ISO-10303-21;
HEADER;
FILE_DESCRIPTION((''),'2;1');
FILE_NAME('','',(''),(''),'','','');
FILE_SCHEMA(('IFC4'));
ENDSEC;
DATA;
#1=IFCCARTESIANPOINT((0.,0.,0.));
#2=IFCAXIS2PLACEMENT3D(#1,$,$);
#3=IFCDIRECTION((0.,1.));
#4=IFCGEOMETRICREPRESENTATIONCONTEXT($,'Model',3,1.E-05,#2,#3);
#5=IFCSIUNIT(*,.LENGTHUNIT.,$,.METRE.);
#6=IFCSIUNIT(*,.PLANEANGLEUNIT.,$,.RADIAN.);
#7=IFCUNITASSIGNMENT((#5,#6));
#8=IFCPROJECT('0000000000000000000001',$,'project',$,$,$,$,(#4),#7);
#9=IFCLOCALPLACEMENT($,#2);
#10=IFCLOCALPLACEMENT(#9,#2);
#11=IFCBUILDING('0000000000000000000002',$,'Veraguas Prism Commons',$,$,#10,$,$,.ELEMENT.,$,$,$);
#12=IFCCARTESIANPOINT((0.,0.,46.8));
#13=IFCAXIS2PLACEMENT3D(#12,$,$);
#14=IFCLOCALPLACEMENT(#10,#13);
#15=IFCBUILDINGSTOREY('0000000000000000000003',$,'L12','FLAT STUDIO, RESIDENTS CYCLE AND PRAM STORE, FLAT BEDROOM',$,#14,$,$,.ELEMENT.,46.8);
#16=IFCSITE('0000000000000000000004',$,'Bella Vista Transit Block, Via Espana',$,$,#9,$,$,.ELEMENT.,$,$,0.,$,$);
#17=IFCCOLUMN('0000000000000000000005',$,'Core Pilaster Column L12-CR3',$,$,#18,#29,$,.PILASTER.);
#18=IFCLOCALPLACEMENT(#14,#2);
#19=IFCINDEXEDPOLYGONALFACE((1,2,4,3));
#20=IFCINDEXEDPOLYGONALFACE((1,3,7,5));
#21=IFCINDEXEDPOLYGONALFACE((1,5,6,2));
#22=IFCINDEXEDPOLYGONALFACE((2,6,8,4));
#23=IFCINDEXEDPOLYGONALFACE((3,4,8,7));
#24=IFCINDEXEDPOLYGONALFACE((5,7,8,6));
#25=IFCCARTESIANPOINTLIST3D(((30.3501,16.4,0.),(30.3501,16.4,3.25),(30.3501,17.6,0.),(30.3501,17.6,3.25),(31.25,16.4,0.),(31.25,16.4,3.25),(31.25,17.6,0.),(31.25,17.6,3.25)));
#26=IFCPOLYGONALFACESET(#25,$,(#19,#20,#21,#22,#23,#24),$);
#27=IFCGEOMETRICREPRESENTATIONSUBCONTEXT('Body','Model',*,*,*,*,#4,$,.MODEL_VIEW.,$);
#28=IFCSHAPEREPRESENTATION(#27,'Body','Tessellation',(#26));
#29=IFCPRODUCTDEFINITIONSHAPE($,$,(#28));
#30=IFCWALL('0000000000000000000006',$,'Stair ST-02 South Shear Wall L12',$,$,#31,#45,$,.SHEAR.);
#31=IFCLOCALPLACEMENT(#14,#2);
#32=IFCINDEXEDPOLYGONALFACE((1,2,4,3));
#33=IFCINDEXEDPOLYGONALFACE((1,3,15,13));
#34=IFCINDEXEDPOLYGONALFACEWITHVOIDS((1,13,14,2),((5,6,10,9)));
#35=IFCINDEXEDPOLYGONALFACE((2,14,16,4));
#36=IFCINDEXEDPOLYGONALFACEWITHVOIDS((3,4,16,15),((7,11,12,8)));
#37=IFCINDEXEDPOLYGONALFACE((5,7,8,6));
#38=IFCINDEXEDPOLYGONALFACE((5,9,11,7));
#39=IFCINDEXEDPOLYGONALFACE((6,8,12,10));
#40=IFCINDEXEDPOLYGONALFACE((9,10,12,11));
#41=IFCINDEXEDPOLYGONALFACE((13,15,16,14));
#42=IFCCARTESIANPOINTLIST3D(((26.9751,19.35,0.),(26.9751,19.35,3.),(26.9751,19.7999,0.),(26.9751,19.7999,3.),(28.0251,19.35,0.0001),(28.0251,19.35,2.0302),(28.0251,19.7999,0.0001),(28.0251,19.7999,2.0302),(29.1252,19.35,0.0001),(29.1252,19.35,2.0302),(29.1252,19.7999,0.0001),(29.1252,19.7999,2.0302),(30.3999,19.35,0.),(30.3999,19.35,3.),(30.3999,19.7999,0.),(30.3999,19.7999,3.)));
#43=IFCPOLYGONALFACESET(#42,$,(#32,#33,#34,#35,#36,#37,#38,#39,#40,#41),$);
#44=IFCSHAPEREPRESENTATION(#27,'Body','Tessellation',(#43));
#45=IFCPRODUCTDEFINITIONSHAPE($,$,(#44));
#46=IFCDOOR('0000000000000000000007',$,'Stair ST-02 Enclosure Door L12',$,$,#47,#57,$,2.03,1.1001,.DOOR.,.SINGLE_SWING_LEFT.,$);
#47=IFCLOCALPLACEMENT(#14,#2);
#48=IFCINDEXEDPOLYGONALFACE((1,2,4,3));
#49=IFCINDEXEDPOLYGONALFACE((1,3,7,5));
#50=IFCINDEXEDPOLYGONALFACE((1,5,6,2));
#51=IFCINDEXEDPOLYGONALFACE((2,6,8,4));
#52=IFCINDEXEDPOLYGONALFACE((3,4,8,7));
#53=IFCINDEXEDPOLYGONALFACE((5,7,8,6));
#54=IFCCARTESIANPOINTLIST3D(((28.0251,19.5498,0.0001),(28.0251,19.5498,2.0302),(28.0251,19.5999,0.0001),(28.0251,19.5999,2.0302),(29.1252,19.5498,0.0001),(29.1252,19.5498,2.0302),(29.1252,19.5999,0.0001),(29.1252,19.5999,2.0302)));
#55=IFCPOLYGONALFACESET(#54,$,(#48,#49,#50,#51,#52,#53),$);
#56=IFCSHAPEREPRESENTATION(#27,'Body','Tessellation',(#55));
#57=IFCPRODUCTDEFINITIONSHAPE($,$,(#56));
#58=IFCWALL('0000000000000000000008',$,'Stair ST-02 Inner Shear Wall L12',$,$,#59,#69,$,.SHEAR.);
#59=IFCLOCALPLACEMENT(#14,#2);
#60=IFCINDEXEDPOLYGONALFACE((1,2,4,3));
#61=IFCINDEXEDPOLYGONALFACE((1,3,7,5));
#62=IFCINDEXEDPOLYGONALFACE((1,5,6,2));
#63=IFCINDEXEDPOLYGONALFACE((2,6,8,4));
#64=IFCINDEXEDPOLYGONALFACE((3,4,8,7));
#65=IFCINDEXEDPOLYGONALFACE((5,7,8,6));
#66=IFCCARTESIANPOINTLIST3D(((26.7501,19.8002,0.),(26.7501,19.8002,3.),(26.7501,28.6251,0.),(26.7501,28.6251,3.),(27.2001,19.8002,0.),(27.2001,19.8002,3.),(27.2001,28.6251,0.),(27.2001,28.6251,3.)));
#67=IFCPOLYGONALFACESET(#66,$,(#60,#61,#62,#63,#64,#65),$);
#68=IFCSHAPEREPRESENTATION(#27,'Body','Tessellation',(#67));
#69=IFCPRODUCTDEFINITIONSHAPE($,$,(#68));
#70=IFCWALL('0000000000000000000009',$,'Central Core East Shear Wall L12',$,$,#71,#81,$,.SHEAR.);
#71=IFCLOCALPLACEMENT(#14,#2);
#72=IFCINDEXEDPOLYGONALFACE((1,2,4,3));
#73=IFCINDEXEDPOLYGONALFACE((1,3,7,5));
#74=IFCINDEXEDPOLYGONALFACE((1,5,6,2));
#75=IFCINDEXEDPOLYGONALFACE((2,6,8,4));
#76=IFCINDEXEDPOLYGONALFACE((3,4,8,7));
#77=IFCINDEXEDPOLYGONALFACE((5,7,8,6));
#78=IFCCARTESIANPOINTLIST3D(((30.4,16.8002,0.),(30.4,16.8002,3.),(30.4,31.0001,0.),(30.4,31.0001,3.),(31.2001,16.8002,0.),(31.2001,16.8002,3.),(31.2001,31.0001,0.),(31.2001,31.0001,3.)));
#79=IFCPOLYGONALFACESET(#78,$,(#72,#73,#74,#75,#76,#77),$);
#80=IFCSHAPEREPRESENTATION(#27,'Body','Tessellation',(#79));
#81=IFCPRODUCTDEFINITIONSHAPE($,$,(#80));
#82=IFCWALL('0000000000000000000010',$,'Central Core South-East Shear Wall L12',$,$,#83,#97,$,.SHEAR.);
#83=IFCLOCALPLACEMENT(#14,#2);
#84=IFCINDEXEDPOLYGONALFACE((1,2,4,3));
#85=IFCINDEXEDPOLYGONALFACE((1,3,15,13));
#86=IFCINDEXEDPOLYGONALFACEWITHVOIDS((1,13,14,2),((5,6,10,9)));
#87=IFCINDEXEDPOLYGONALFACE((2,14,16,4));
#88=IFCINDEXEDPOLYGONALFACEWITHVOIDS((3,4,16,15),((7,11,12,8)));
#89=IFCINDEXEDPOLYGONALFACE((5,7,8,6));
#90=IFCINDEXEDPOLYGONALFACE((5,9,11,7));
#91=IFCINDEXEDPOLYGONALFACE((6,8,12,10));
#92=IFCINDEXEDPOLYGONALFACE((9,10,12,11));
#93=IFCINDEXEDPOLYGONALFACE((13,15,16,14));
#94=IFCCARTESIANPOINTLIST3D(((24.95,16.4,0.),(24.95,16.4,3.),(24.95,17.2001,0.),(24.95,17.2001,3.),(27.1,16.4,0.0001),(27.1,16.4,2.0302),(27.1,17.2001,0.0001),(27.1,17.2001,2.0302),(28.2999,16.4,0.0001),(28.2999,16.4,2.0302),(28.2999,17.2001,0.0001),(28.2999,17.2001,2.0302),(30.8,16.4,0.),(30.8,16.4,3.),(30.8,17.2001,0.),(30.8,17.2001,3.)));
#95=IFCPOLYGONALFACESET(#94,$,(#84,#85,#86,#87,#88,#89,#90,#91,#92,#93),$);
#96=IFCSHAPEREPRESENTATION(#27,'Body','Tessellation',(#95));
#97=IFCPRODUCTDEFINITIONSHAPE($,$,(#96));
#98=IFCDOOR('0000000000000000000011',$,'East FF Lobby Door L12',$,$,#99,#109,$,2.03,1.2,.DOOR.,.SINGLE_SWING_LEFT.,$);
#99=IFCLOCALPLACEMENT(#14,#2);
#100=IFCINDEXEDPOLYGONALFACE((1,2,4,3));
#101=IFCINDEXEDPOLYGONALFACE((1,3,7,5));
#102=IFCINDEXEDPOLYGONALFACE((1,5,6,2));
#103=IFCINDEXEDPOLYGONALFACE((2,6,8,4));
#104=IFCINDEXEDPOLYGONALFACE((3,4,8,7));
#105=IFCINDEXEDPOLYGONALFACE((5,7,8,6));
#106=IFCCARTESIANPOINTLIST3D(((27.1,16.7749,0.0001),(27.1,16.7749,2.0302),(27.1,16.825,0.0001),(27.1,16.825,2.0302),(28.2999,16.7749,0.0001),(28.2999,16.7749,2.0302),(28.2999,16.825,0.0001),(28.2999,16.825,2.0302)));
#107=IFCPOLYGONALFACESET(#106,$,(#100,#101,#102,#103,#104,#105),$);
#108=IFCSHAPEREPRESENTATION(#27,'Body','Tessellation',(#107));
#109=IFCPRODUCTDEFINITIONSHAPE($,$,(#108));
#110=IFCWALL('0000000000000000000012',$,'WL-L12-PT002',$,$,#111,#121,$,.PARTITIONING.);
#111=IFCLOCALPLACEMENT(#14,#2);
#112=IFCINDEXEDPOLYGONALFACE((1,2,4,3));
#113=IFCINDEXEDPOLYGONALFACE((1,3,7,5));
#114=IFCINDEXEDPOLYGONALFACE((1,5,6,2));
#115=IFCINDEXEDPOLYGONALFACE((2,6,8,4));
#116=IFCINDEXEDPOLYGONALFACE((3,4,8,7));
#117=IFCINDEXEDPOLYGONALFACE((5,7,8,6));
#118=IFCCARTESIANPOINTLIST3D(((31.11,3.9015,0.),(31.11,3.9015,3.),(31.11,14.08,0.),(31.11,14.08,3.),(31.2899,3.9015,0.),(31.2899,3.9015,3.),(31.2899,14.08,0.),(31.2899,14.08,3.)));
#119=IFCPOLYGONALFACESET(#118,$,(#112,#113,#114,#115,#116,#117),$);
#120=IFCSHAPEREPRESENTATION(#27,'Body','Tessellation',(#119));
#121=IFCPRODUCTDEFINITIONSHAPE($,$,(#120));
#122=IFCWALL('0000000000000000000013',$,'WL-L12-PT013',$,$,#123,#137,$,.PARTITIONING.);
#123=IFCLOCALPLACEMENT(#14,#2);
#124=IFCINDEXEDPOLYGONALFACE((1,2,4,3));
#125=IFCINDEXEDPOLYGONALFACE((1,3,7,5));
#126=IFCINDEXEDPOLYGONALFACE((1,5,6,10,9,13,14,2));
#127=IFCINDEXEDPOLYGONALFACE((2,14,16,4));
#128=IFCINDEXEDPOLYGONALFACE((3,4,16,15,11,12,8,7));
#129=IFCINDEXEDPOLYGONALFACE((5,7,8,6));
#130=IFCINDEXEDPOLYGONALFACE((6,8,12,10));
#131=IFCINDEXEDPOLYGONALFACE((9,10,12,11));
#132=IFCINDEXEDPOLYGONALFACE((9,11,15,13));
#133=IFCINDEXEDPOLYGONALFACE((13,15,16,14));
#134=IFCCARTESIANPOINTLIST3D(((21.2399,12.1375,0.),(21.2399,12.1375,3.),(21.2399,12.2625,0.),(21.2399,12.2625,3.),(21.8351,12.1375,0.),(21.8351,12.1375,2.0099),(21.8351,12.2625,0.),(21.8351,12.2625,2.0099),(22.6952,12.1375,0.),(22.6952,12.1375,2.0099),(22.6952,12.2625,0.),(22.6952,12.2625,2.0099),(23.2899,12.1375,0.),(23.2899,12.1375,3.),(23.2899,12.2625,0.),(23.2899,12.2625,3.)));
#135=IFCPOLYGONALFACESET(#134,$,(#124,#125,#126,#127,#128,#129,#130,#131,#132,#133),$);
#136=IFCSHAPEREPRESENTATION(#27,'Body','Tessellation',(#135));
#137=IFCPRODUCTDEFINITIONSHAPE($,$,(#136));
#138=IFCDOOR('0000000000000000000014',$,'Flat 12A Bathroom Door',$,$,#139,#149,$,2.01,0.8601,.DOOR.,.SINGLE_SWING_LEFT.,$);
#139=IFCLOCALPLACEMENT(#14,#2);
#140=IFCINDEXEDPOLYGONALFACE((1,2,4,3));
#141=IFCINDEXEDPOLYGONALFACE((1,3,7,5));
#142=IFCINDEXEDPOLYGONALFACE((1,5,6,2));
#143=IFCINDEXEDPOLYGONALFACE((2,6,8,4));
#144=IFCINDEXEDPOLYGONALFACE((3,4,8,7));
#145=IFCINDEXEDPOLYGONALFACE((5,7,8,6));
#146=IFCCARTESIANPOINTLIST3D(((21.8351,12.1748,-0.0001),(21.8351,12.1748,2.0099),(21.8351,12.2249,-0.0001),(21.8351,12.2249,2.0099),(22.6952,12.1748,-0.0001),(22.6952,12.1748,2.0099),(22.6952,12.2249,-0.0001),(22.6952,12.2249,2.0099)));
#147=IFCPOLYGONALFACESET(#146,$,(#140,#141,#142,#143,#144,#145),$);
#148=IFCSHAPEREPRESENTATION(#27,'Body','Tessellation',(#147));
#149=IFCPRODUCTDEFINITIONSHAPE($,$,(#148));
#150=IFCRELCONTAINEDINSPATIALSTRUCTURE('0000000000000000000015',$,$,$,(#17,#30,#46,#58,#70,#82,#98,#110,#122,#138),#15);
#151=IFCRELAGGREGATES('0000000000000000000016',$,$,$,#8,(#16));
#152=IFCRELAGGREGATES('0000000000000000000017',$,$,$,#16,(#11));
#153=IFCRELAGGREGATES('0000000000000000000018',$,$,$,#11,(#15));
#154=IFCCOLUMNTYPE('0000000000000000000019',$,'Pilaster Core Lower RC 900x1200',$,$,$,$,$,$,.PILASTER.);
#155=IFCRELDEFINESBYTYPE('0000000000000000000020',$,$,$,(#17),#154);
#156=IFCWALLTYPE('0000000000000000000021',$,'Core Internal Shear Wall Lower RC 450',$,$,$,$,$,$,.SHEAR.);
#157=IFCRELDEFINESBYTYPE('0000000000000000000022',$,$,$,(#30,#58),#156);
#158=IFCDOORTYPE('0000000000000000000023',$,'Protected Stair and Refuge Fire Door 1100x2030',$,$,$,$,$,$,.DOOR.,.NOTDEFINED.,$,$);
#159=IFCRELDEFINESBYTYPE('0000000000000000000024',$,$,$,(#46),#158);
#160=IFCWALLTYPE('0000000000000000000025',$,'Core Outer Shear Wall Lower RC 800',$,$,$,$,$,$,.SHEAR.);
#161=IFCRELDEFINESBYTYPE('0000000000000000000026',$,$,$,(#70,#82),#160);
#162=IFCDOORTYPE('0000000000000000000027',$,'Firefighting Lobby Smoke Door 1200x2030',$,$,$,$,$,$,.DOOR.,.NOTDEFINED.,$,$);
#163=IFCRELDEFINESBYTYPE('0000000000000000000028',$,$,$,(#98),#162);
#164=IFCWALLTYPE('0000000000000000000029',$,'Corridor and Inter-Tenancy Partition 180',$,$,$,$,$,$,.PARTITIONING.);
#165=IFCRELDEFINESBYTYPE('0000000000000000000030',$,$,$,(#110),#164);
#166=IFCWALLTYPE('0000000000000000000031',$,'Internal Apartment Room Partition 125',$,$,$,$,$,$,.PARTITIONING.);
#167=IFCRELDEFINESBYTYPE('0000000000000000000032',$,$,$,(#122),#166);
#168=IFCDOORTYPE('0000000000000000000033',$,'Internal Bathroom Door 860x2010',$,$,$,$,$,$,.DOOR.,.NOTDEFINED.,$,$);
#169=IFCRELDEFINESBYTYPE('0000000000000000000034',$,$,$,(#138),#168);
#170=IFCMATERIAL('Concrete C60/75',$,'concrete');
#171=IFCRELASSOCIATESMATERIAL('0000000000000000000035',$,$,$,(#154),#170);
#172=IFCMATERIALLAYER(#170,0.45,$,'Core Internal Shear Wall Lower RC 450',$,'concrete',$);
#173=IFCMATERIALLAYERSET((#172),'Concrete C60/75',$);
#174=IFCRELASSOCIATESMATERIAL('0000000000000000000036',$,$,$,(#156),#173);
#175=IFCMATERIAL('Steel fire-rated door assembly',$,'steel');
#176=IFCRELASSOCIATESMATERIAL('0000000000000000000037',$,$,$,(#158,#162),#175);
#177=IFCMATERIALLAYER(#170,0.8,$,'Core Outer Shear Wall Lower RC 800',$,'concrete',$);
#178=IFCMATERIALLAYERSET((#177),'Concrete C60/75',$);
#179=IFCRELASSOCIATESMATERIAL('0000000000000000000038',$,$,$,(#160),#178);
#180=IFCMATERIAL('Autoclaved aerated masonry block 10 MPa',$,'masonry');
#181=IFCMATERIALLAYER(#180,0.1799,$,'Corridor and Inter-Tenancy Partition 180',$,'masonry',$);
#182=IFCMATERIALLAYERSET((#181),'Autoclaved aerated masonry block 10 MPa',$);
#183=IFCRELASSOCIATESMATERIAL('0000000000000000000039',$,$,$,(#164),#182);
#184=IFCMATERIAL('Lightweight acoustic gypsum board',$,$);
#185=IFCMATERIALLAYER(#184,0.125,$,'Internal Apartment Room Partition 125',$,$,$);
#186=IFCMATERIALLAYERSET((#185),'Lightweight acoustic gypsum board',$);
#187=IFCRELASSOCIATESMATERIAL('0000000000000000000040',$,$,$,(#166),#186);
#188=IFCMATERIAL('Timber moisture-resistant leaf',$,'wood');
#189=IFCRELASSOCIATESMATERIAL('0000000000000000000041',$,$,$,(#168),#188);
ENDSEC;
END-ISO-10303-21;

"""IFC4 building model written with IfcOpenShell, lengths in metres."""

from ifc_helpers import new_model, si_unit, direction, frame, frame_2d, origin, origin_2d, place, context, subcontext, project, spatial, rectangle, extrude, source, transform, mapped, material, layer, layer_set, material_profile, profile_set, type_object, element, fill, save


model = new_model("IFC4")

# Units and contexts
model_context = context("Model", 3, precision=1e-05, world=origin(), true_north=direction((0.0, 1.0)))
body_context = subcontext(model_context, "Body", "Model", "MODEL_VIEW")
ifc_project = project(units=[si_unit("LENGTHUNIT", "METRE"), si_unit("PLANEANGLEUNIT", "RADIAN")], contexts=[model_context])

# Site, building, storey
site_placement = place(None, origin())
site = spatial("IfcSite", under=ifc_project, at=site_placement, Name="Bella Vista Transit Block, Via Espana", CompositionType="ELEMENT", RefElevation=0.0)
building_placement = place(site_placement, origin())
building = spatial("IfcBuilding", under=site, at=building_placement, Name="Veraguas Prism Commons", CompositionType="ELEMENT")
storey_placement = place(building_placement, frame((0.0, 0.0, 46.8)))
storey = spatial("IfcBuildingStorey", under=building, at=storey_placement, Name="L12", Description="FLAT STUDIO, RESIDENTS CYCLE AND PRAM STORE, FLAT BEDROOM", CompositionType="ELEMENT", Elevation=46.8)

# Column
ifc_material_1 = material(Name="Concrete C60/75", Category="concrete")
ifc_material_profile = material_profile(ifc_material_1, rectangle(XDim=0.8999, YDim=1.2, at=origin_2d()), Name="RC900X1200")
ifc_profile_set = profile_set([ifc_material_profile], Name="Concrete C60/75")
column_type = type_object("IfcColumnType", Name="Pilaster Core Lower RC 900x1200", PredefinedType="PILASTER", material=ifc_profile_set)
column_placement = place(storey_placement, frame((30.8, 17.0, 0.0), z_axis=(0.0, 0.0, 1.0), x_axis=(1.0, 0.0, 0.0)))
element("IfcColumn", 1, at=column_placement, inside=storey, type_object=column_type, Name="Core Pilaster Column L12-CR3", PredefinedType="PILASTER", context=body_context, shape_type="SweptSolid", body=[
    extrude(rectangle(XDim=0.8999, YDim=1.2, at=origin_2d()), origin(), (0.0, 0.0, 1.0), 3.25),
])

# Wall, opening, door
ifc_layer_1 = layer(ifc_material_1, 0.45, Name="Core Internal Shear Wall Lower RC 450", Category="concrete")
ifc_layer_set_1 = layer_set([ifc_layer_1], Name="Concrete C60/75")
wall_type_1 = type_object("IfcWallType", Name="Core Internal Shear Wall Lower RC 450", PredefinedType="SHEAR", material=ifc_layer_set_1)
wall_1_placement = place(storey_placement, frame((26.9751, 19.575, 0.0), z_axis=(0.0, 0.0, 1.0), x_axis=(1.0, 0.0, 0.0)))
wall_1 = element("IfcWall", 2, at=wall_1_placement, inside=storey, type_object=wall_type_1, Name="Stair ST-02 South Shear Wall L12", PredefinedType="SHEAR", context=body_context, shape_type="SweptSolid", body=[
    extrude(rectangle(XDim=3.4248, YDim=0.45, at=frame_2d((1.7124, 0.0))), origin(), (0.0, 0.0, 1.0), 3.0),
])
opening_1_placement = place(wall_1_placement, frame((1.05, 0.0, 0.0)))
opening_1 = element("IfcOpeningElement", 3, at=opening_1_placement, cuts=wall_1, PredefinedType="OPENING", context=body_context, shape_type="SweptSolid", body=[
    extrude(rectangle(XDim=1.1001, YDim=2.03, at=frame_2d((0.55, 1.0151))), frame((0.0, 0.2349, 0.0), z_axis=(0.0, -1.0, 0.0), x_axis=(1.0, 0.0, 0.0)), (0.0, 0.0, 1.0), 0.47),
])
ifc_material_2 = material(Name="Steel fire-rated door assembly", Category="steel")
door_type_1 = type_object("IfcDoorType", Name="Protected Stair and Refuge Fire Door 1100x2030", OperationType="NOTDEFINED", PredefinedType="DOOR", material=ifc_material_2)
shared_shape_1 = source(origin(), body_context, "Body", "SweptSolid", [
    extrude(rectangle(XDim=1.1001, YDim=2.03, at=frame_2d((0.55, 1.0151))), frame((0.0, 0.0249, 0.0), z_axis=(0.0, -1.0, 0.0), x_axis=(1.0, 0.0, 0.0)), (0.0, 0.0, 1.0), 0.05),
])
door_1_placement = place(opening_1_placement, origin())
door_1 = element("IfcDoor", 4, at=door_1_placement, inside=storey, type_object=door_type_1, Name="Stair ST-02 Enclosure Door L12", OperationType="SINGLE_SWING_LEFT", OverallHeight=2.03, OverallWidth=1.1001, PredefinedType="DOOR", context=body_context, shape_type="MappedRepresentation", body=[
    mapped(shared_shape_1, transform((0.0, 0.0, 0.0), scale=1.0)),
])
fill(opening_1, door_1)

# Walls
wall_2_placement = place(storey_placement, frame((26.9751, 19.8, 0.0), z_axis=(0.0, 0.0, 1.0), x_axis=(0.0, 1.0, 0.0)))
element("IfcWall", 5, at=wall_2_placement, inside=storey, type_object=wall_type_1, Name="Stair ST-02 Inner Shear Wall L12", PredefinedType="SHEAR", context=body_context, shape_type="SweptSolid", body=[
    extrude(rectangle(XDim=8.825, YDim=0.45, at=frame_2d((4.4126, 0.0))), origin(), (0.0, 0.0, 1.0), 3.0),
])
ifc_layer_2 = layer(ifc_material_1, 0.8, Name="Core Outer Shear Wall Lower RC 800", Category="concrete")
ifc_layer_set_2 = layer_set([ifc_layer_2], Name="Concrete C60/75")
wall_type_2 = type_object("IfcWallType", Name="Core Outer Shear Wall Lower RC 800", PredefinedType="SHEAR", material=ifc_layer_set_2)
wall_3_placement = place(storey_placement, frame((30.8, 16.8, 0.0), z_axis=(0.0, 0.0, 1.0), x_axis=(0.0, 1.0, 0.0)))
element("IfcWall", 6, at=wall_3_placement, inside=storey, type_object=wall_type_2, Name="Central Core East Shear Wall L12", PredefinedType="SHEAR", context=body_context, shape_type="SweptSolid", body=[
    extrude(rectangle(XDim=14.2, YDim=0.8, at=frame_2d((7.1001, 0.0))), origin(), (0.0, 0.0, 1.0), 3.0),
])

# Wall, opening, door
wall_4_placement = place(storey_placement, frame((24.95, 16.8, 0.0), z_axis=(0.0, 0.0, 1.0), x_axis=(1.0, 0.0, 0.0)))
wall_4 = element("IfcWall", 7, at=wall_4_placement, inside=storey, type_object=wall_type_2, Name="Central Core South-East Shear Wall L12", PredefinedType="SHEAR", context=body_context, shape_type="SweptSolid", body=[
    extrude(rectangle(XDim=5.8501, YDim=0.8, at=frame_2d((2.925, 0.0))), origin(), (0.0, 0.0, 1.0), 3.0),
])
opening_2_placement = place(wall_4_placement, frame((2.1499, 0.0, 0.0)))
opening_2 = element("IfcOpeningElement", 8, at=opening_2_placement, cuts=wall_4, PredefinedType="OPENING", context=body_context, shape_type="SweptSolid", body=[
    extrude(rectangle(XDim=1.2, YDim=2.03, at=frame_2d((0.6001, 1.0151))), frame((0.0, 0.4099, 0.0), z_axis=(0.0, -1.0, 0.0), x_axis=(1.0, 0.0, 0.0)), (0.0, 0.0, 1.0), 0.8201),
])
door_type_2 = type_object("IfcDoorType", Name="Firefighting Lobby Smoke Door 1200x2030", OperationType="NOTDEFINED", PredefinedType="DOOR", material=ifc_material_2)
shared_shape_2 = source(origin(), body_context, "Body", "SweptSolid", [
    extrude(rectangle(XDim=1.2, YDim=2.03, at=frame_2d((0.6001, 1.0151))), frame((0.0, 0.0249, 0.0), z_axis=(0.0, -1.0, 0.0), x_axis=(1.0, 0.0, 0.0)), (0.0, 0.0, 1.0), 0.05),
])
door_2_placement = place(opening_2_placement, origin())
door_2 = element("IfcDoor", 9, at=door_2_placement, inside=storey, type_object=door_type_2, Name="East FF Lobby Door L12", OperationType="SINGLE_SWING_LEFT", OverallHeight=2.03, OverallWidth=1.2, PredefinedType="DOOR", context=body_context, shape_type="MappedRepresentation", body=[
    mapped(shared_shape_2, transform((0.0, 0.0, 0.0), scale=1.0)),
])
fill(opening_2, door_2)

# Wall
ifc_material_3 = material(Name="Autoclaved aerated masonry block 10 MPa", Category="masonry")
ifc_layer_3 = layer(ifc_material_3, 0.1799, Name="Corridor and Inter-Tenancy Partition 180", Category="masonry")
ifc_layer_set_3 = layer_set([ifc_layer_3], Name="Autoclaved aerated masonry block 10 MPa")
wall_type_3 = type_object("IfcWallType", Name="Corridor and Inter-Tenancy Partition 180", PredefinedType="PARTITIONING", material=ifc_layer_set_3)
wall_5_placement = place(storey_placement, frame((31.2, 14.0801, 0.0), z_axis=(0.0, 0.0, 1.0), x_axis=(0.0, -1.0, 0.0)))
element("IfcWall", 10, at=wall_5_placement, inside=storey, type_object=wall_type_3, Name="WL-L12-PT002", PredefinedType="PARTITIONING", context=body_context, shape_type="SweptSolid", body=[
    extrude(rectangle(XDim=10.1785, YDim=0.1799, at=frame_2d((5.0894, 0.0))), origin(), (0.0, 0.0, 1.0), 3.0),
])

# Wall, opening, door
ifc_material_4 = material(Name="Lightweight acoustic gypsum board")
ifc_layer_4 = layer(ifc_material_4, 0.125, Name="Internal Apartment Room Partition 125")
ifc_layer_set_4 = layer_set([ifc_layer_4], Name="Lightweight acoustic gypsum board")
wall_type_4 = type_object("IfcWallType", Name="Internal Apartment Room Partition 125", PredefinedType="PARTITIONING", material=ifc_layer_set_4)
wall_6_placement = place(storey_placement, frame((21.24, 12.2, 0.0), z_axis=(0.0, 0.0, 1.0), x_axis=(1.0, 0.0, 0.0)))
wall_6 = element("IfcWall", 11, at=wall_6_placement, inside=storey, type_object=wall_type_4, Name="WL-L12-PT013", PredefinedType="PARTITIONING", context=body_context, shape_type="SweptSolid", body=[
    extrude(rectangle(XDim=2.05, YDim=0.125, at=frame_2d((1.0249, 0.0))), origin(), (0.0, 0.0, 1.0), 3.0),
])
opening_3_placement = place(wall_6_placement, frame((0.595, 0.0, 0.0)))
opening_3 = element("IfcOpeningElement", 12, at=opening_3_placement, cuts=wall_6, PredefinedType="OPENING", context=body_context, shape_type="SweptSolid", body=[
    extrude(rectangle(XDim=0.8601, YDim=2.01, at=frame_2d((0.4302, 1.0049))), frame((0.0, 0.0725, 0.0), z_axis=(0.0, -1.0, 0.0), x_axis=(1.0, 0.0, 0.0)), (0.0, 0.0, 1.0), 0.145),
])
ifc_material_5 = material(Name="Timber moisture-resistant leaf", Category="wood")
door_type_3 = type_object("IfcDoorType", Name="Internal Bathroom Door 860x2010", OperationType="NOTDEFINED", PredefinedType="DOOR", material=ifc_material_5)
shared_shape_3 = source(origin(), body_context, "Body", "SweptSolid", [
    extrude(rectangle(XDim=0.8601, YDim=2.01, at=frame_2d((0.4302, 1.0049))), frame((0.0, 0.0249, 0.0), z_axis=(0.0, -1.0, 0.0), x_axis=(1.0, 0.0, 0.0)), (0.0, 0.0, 1.0), 0.05),
])
door_3_placement = place(opening_3_placement, origin())
door_3 = element("IfcDoor", 13, at=door_3_placement, inside=storey, type_object=door_type_3, Name="Flat 12A Bathroom Door", OperationType="SINGLE_SWING_LEFT", OverallHeight=2.01, OverallWidth=0.8601, PredefinedType="DOOR", context=body_context, shape_type="MappedRepresentation", body=[
    mapped(shared_shape_3, transform((0.0, 0.0, 0.0), scale=1.0)),
])
fill(opening_3, door_3)

save(model, "model.ifc")
